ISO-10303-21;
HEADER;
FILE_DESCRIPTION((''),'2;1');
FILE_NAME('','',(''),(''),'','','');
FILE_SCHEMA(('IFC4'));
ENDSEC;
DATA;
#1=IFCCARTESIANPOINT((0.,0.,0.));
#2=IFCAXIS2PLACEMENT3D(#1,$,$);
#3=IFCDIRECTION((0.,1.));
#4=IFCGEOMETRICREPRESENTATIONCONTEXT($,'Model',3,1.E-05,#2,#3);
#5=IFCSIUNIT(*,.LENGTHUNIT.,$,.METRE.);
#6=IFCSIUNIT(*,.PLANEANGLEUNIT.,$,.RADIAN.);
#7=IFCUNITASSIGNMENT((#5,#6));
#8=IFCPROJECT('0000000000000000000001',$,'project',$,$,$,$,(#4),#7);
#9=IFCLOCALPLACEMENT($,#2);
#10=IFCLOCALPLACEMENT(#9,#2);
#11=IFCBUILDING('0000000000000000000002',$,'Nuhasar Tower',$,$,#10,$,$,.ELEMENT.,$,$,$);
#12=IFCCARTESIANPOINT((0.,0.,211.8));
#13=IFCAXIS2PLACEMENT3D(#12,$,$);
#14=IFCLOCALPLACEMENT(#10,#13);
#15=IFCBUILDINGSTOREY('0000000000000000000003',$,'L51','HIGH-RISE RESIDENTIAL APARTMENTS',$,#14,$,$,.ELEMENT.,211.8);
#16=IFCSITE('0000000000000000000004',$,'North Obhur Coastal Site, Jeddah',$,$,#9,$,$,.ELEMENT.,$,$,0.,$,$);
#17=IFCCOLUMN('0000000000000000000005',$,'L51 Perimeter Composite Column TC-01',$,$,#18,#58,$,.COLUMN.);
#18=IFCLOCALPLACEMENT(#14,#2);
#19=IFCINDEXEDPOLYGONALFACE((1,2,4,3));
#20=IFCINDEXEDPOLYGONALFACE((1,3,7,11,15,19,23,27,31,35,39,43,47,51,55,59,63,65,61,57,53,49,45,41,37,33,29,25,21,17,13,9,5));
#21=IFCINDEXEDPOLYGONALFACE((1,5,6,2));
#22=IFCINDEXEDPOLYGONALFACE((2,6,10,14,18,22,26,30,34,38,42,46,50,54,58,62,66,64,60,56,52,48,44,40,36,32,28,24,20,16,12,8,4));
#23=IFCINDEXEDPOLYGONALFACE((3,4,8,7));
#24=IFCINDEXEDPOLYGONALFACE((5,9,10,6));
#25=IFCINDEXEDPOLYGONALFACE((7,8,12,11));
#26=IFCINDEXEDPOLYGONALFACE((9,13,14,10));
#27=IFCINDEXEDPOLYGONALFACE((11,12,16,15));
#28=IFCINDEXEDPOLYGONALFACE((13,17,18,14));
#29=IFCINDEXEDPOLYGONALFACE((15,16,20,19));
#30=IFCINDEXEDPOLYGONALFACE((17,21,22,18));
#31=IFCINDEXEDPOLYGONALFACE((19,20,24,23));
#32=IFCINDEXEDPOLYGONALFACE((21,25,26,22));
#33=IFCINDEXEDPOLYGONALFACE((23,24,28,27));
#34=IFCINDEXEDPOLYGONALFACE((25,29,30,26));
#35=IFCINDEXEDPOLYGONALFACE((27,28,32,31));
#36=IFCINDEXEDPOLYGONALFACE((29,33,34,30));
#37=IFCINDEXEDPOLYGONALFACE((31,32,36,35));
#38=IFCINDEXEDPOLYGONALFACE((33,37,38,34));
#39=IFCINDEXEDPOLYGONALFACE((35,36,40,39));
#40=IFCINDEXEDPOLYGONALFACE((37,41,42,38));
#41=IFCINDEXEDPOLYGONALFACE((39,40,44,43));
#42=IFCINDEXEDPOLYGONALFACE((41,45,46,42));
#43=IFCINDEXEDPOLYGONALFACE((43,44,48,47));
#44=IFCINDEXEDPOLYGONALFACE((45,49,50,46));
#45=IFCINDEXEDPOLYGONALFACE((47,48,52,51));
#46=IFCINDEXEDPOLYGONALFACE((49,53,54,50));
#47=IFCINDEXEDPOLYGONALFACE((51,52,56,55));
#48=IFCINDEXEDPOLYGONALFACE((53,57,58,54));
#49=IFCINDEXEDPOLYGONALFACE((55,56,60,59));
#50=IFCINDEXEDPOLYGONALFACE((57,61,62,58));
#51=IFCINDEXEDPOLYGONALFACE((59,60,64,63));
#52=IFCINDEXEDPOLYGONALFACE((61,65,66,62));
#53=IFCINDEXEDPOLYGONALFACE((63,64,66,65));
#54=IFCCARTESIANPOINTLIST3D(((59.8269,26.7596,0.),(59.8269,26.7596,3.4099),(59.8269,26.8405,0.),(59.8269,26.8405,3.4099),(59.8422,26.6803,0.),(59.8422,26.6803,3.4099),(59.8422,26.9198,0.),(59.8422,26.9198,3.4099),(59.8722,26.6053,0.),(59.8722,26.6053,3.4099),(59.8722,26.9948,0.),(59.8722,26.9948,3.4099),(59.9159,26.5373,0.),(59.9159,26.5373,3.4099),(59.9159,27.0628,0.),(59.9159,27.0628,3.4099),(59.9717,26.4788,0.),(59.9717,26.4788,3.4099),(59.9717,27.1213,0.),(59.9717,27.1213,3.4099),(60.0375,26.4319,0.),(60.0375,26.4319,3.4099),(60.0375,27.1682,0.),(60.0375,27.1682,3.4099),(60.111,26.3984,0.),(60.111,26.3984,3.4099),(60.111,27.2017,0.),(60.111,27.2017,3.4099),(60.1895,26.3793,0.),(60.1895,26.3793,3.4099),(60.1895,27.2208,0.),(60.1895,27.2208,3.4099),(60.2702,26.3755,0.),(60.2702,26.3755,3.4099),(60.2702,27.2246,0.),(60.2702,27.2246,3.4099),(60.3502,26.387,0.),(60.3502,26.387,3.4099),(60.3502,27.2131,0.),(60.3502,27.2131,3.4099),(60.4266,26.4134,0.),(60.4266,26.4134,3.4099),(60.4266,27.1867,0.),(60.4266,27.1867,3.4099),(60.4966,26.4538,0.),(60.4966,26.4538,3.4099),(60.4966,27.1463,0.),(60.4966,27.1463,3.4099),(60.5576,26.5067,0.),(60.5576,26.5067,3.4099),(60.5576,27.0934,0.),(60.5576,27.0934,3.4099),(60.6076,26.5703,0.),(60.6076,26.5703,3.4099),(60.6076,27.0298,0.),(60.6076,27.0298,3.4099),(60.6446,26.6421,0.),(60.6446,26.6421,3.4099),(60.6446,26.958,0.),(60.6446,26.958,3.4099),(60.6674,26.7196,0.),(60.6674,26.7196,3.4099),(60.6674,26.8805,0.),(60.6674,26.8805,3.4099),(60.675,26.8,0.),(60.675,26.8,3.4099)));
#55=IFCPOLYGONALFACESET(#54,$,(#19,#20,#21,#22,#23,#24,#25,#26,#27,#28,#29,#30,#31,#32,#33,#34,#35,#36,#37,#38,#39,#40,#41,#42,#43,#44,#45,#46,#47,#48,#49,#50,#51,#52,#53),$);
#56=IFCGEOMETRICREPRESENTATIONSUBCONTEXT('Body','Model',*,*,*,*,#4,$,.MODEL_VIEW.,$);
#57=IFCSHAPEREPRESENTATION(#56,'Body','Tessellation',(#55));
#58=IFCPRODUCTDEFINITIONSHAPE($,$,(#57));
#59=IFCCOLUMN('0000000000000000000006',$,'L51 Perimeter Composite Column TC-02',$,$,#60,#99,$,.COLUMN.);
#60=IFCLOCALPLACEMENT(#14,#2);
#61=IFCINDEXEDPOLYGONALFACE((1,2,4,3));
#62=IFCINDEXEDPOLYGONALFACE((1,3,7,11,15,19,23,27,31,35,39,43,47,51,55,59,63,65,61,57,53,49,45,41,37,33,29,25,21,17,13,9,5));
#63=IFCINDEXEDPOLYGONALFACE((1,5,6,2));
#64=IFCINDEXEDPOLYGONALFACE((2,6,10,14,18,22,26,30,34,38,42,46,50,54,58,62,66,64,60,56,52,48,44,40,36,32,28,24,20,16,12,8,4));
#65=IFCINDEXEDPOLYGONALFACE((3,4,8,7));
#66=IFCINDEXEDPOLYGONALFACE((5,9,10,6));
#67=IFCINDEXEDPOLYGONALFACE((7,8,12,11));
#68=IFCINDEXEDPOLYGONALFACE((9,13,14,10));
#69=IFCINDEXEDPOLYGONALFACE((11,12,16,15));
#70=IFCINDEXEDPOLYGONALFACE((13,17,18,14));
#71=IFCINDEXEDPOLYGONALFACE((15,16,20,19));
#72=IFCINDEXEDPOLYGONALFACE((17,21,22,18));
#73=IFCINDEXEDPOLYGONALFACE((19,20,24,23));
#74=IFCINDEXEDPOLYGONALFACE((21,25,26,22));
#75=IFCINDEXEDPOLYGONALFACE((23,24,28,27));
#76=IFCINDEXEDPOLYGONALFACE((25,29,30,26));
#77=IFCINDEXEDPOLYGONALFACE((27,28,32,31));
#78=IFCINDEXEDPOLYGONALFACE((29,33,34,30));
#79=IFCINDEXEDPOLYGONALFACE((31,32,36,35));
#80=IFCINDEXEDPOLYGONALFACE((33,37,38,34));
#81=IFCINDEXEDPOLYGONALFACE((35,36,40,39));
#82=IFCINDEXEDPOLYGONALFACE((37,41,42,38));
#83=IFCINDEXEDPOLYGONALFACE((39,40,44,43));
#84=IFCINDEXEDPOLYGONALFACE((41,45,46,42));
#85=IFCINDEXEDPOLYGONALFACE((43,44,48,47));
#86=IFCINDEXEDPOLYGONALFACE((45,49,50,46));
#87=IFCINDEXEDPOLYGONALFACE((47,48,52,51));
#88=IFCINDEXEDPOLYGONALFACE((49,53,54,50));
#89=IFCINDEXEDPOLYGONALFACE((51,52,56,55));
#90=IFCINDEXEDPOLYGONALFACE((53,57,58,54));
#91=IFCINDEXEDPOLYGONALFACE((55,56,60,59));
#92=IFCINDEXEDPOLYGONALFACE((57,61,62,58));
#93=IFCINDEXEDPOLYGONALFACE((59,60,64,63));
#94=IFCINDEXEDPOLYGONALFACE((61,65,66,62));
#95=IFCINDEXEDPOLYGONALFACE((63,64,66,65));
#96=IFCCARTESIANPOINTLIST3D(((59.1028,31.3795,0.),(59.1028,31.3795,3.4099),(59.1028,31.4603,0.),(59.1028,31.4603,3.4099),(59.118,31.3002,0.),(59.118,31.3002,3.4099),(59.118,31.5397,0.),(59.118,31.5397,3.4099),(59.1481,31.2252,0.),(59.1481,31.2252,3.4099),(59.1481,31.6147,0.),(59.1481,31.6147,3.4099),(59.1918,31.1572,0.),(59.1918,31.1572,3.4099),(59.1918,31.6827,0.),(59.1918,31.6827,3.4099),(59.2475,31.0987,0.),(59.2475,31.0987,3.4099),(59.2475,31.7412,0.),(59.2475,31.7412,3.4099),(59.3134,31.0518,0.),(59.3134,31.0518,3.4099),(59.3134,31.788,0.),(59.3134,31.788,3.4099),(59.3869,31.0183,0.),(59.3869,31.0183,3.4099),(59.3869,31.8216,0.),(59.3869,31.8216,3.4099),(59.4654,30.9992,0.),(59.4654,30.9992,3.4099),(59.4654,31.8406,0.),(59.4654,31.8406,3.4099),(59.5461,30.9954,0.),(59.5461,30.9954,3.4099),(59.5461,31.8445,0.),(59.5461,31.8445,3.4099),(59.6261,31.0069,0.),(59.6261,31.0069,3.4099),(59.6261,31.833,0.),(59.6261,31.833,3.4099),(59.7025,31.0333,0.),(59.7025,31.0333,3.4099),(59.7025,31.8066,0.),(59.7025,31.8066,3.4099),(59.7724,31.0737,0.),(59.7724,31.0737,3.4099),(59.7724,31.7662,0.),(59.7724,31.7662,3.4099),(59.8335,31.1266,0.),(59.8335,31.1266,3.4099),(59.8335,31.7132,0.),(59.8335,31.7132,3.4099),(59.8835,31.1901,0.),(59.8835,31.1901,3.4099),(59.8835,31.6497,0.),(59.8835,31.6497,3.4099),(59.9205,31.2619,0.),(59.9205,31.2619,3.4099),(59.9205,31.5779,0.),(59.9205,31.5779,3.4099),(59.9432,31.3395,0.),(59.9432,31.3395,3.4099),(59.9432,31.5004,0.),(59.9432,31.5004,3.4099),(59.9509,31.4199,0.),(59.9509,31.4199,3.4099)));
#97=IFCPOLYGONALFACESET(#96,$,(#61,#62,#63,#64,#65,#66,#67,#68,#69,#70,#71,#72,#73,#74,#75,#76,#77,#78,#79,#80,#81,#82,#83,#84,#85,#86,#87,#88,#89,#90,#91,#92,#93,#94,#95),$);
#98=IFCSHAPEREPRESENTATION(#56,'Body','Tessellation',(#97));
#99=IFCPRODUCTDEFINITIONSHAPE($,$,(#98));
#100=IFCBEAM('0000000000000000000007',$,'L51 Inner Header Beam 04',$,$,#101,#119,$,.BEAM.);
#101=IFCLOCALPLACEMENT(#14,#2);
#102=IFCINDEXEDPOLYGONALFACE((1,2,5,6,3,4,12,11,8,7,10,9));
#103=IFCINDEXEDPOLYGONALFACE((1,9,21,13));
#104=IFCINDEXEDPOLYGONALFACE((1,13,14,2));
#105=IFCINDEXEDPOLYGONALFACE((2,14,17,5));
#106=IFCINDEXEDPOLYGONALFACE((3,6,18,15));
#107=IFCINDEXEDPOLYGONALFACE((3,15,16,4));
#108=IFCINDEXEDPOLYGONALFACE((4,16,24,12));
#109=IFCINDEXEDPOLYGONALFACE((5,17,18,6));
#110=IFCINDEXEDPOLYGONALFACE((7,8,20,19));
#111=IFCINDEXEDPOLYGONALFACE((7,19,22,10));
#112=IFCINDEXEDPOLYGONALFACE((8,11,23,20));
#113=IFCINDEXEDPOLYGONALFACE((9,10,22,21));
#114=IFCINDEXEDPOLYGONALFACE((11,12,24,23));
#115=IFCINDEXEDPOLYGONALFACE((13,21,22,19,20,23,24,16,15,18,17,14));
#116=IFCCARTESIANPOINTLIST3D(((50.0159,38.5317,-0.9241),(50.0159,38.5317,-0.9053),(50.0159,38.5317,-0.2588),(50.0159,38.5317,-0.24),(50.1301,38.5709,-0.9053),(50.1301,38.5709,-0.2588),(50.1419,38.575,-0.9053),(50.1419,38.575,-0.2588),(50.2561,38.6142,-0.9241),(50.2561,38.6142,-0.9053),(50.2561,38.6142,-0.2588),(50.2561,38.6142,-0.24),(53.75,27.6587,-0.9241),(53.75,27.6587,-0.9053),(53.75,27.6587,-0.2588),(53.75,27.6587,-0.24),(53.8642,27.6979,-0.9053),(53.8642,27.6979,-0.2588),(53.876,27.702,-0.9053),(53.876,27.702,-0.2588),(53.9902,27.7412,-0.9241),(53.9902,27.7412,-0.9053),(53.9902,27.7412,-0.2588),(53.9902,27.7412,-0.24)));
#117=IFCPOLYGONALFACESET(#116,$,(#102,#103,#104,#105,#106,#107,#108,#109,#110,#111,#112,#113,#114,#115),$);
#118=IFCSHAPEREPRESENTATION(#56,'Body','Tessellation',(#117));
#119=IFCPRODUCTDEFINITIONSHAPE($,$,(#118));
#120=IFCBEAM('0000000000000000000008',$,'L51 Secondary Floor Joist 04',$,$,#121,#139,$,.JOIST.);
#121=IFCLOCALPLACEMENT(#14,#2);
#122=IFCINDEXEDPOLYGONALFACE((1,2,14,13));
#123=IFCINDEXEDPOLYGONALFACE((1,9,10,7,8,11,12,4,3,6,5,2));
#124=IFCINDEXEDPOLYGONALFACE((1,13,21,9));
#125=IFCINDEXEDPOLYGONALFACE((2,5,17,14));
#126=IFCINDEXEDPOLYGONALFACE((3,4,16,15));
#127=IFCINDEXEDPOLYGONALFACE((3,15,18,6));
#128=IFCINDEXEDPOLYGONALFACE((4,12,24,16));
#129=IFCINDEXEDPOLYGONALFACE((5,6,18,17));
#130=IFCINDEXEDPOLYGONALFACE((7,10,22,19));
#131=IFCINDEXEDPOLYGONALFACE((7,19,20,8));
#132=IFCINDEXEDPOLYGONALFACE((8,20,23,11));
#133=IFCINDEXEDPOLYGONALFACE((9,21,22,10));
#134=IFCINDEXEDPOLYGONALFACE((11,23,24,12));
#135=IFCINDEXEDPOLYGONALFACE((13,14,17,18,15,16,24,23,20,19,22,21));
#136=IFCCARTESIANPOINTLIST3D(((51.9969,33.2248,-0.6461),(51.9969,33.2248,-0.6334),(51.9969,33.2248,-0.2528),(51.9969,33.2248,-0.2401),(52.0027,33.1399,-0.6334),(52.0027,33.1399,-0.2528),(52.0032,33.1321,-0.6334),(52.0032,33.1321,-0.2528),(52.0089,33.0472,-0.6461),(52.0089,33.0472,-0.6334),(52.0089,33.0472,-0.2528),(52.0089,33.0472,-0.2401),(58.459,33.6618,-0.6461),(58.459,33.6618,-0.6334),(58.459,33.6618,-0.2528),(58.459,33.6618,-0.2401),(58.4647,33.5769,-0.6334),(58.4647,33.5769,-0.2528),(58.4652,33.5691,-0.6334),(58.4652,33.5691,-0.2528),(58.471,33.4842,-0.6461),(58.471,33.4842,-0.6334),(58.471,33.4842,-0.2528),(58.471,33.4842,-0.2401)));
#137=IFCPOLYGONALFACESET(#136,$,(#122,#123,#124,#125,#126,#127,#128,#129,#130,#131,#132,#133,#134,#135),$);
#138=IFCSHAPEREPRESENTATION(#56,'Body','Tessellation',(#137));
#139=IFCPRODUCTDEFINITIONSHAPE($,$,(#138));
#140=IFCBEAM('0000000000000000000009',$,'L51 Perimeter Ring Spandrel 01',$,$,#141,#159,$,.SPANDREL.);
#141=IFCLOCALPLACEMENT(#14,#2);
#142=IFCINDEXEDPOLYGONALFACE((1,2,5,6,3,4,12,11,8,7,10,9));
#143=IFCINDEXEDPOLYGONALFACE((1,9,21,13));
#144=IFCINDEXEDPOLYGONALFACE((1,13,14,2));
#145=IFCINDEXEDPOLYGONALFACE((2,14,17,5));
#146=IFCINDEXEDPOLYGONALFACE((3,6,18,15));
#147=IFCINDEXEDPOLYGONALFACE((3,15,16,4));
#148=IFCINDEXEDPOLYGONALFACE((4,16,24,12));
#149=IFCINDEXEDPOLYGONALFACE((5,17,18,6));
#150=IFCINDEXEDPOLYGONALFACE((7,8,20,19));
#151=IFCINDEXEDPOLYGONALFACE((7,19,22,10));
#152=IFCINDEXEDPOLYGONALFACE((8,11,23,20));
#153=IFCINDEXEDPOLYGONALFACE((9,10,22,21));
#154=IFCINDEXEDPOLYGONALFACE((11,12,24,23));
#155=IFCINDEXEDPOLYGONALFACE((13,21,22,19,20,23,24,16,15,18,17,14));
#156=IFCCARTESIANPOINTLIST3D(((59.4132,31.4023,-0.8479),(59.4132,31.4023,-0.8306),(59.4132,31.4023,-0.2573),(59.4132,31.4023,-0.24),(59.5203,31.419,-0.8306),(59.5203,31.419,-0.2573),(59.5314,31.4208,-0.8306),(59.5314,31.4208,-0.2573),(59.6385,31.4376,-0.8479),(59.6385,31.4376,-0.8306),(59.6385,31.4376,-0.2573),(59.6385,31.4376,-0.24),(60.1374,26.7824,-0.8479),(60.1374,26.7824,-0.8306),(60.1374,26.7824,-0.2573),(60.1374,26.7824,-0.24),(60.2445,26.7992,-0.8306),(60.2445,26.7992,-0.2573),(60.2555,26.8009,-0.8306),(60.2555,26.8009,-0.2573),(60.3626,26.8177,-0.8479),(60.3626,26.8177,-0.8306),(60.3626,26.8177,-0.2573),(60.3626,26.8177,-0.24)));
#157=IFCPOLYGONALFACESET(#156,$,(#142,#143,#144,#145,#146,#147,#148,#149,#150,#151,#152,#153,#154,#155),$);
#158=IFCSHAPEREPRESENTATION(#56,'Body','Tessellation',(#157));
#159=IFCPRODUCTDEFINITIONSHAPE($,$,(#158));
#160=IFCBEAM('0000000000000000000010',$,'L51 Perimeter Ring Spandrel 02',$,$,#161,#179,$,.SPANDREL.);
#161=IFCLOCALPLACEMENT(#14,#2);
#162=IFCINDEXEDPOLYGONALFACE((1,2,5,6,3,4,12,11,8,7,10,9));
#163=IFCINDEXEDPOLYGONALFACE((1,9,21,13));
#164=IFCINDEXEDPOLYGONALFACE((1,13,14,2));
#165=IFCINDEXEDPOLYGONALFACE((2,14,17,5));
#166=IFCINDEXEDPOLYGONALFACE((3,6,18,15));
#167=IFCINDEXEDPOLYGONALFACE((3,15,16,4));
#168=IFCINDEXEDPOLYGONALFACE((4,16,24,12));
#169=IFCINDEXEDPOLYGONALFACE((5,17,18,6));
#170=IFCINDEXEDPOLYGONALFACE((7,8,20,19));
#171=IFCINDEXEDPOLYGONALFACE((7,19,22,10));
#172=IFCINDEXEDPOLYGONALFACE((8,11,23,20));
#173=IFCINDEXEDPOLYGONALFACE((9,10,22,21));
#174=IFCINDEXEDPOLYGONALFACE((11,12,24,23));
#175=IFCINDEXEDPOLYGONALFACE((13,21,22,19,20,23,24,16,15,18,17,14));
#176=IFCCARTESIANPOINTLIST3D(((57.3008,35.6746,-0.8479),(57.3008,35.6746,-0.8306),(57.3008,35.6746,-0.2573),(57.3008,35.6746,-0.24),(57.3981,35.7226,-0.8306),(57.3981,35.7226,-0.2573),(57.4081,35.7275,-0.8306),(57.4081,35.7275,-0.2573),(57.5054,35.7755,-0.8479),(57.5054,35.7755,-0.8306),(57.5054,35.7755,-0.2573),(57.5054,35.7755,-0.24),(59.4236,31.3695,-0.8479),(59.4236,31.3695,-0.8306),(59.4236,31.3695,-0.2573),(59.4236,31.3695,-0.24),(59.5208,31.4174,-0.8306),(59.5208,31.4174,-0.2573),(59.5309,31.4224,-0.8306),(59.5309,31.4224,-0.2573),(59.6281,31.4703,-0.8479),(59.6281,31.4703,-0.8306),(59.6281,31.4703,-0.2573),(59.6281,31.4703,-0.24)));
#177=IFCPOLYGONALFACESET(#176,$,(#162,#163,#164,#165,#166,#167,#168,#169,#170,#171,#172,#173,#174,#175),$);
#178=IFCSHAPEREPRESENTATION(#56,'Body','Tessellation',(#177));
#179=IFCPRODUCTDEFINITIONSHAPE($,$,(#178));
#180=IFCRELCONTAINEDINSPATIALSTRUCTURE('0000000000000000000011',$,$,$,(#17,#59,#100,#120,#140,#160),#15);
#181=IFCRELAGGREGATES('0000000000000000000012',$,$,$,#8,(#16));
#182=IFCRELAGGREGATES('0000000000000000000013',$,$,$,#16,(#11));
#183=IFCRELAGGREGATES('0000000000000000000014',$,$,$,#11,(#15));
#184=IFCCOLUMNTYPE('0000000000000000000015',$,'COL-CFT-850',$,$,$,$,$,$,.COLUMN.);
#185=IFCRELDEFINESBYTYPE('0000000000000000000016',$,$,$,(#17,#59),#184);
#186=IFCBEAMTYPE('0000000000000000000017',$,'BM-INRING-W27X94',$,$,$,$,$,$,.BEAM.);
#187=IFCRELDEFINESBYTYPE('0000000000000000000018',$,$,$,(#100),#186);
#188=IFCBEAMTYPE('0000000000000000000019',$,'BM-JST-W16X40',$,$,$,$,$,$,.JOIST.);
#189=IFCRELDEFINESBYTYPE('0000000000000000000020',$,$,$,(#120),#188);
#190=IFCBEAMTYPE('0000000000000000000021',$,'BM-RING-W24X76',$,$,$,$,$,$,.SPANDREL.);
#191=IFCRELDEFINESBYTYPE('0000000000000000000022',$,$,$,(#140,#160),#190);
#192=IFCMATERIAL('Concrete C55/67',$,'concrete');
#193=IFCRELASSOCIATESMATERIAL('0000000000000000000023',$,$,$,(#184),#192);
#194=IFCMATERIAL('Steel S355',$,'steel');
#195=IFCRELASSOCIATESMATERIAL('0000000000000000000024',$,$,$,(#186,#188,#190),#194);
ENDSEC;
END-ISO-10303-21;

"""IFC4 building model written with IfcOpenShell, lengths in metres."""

from ifc_helpers import new_model, si_unit, direction, frame, origin, origin_2d, place, context, subcontext, project, spatial, circle, i_section, extrude, material, material_profile, profile_set, type_object, element, save


model = new_model("IFC4")

# Units and contexts
model_context = context("Model", 3, precision=1e-05, world=origin(), true_north=direction((0.0, 1.0)))
body_context = subcontext(model_context, "Body", "Model", "MODEL_VIEW")
ifc_project = project(units=[si_unit("LENGTHUNIT", "METRE"), si_unit("PLANEANGLEUNIT", "RADIAN")], contexts=[model_context])

# Site, building, storey
site_placement = place(None, origin())
site = spatial("IfcSite", under=ifc_project, at=site_placement, Name="North Obhur Coastal Site, Jeddah", CompositionType="ELEMENT", RefElevation=0.0)
building_placement = place(site_placement, origin())
building = spatial("IfcBuilding", under=site, at=building_placement, Name="Nuhasar Tower", CompositionType="ELEMENT")
storey_placement = place(building_placement, frame((0.0, 0.0, 211.8)))
storey = spatial("IfcBuildingStorey", under=building, at=storey_placement, Name="L51", Description="HIGH-RISE RESIDENTIAL APARTMENTS", CompositionType="ELEMENT", Elevation=211.8)

# Columns
ifc_material_1 = material(Name="Concrete C55/67", Category="concrete")
ifc_material_profile_1 = material_profile(ifc_material_1, circle(Radius=0.425, at=origin_2d()), Name="CFT850")
ifc_profile_set_1 = profile_set([ifc_material_profile_1], Name="Concrete C55/67")
column_type = type_object("IfcColumnType", Name="COL-CFT-850", PredefinedType="COLUMN", material=ifc_profile_set_1)
for number, where, z_axis, x_axis, name in (
    (1, (60.25, 26.8, 0.0), (0.0, 0.0, 1.0), (1.0, 0.0, 0.0), "L51 Perimeter Composite Column TC-01"),
    (2, (59.5259, 31.4199, 0.0), (0.0, 0.0, 1.0), (1.0, 0.0, 0.0), "L51 Perimeter Composite Column TC-02"),
):
    element("IfcColumn", number, at=place(storey_placement, frame(where, z_axis=z_axis, x_axis=x_axis)), inside=storey, type_object=column_type, Name=name, PredefinedType="COLUMN", context=body_context, shape_type="SweptSolid", body=[
        extrude(circle(Radius=0.425, at=origin_2d()), origin(), (0.0, 0.0, 1.0), 3.4099),
    ])

# Beams
ifc_material_2 = material(Name="Steel S355", Category="steel")
ifc_material_profile_2 = material_profile(ifc_material_2, i_section(OverallWidth=0.2539, OverallDepth=0.6841, WebThickness=0.0125, FlangeThickness=0.0188, at=origin_2d()), Name="W27X94")
ifc_profile_set_2 = profile_set([ifc_material_profile_2], Name="Steel S355")
beam_type_1 = type_object("IfcBeamType", Name="BM-INRING-W27X94", PredefinedType="BEAM", material=ifc_profile_set_2)
beam_1_placement = place(storey_placement, frame((53.8701, 27.7, -0.582), z_axis=(-0.324809, 0.94578, 0.0), x_axis=(-0.94578, -0.324809, 0.0)))
element("IfcBeam", 3, at=beam_1_placement, inside=storey, type_object=beam_type_1, Name="L51 Inner Header Beam 04", PredefinedType="BEAM", context=body_context, shape_type="SweptSolid", body=[
    extrude(i_section(OverallWidth=0.2539, OverallDepth=0.6841, WebThickness=0.0125, FlangeThickness=0.0188, at=origin_2d()), origin(), (0.0, 0.0, 1.0), 11.4963),
])
ifc_material_profile_3 = material_profile(ifc_material_2, i_section(OverallWidth=0.178, OverallDepth=0.406, WebThickness=0.0078, FlangeThickness=0.0127, at=origin_2d()), Name="W16X40")
ifc_profile_set_3 = profile_set([ifc_material_profile_3], Name="Steel S355")
beam_type_2 = type_object("IfcBeamType", Name="BM-JST-W16X40", PredefinedType="JOIST", material=ifc_profile_set_3)
beam_2_placement = place(storey_placement, frame((52.0029, 33.136, -0.4431), z_axis=(0.997721, 0.067472, 0.0), x_axis=(-0.067472, 0.997721, 0.0)))
element("IfcBeam", 4, at=beam_2_placement, inside=storey, type_object=beam_type_2, Name="L51 Secondary Floor Joist 04", PredefinedType="JOIST", context=body_context, shape_type="SweptSolid", body=[
    extrude(i_section(OverallWidth=0.178, OverallDepth=0.406, WebThickness=0.0078, FlangeThickness=0.0127, at=origin_2d()), origin(), (0.0, 0.0, 1.0), 6.4768),
])
ifc_material_profile_4 = material_profile(ifc_material_2, i_section(OverallWidth=0.228, OverallDepth=0.6079, WebThickness=0.0112, FlangeThickness=0.0173, at=origin_2d()), Name="W24X76")
ifc_profile_set_4 = profile_set([ifc_material_profile_4], Name="Steel S355")
beam_type_3 = type_object("IfcBeamType", Name="BM-RING-W24X76", PredefinedType="SPANDREL", material=ifc_profile_set_4)
beam_3_placement = place(storey_placement, frame((60.25, 26.8, -0.5439), z_axis=(-0.15485, 0.987938, 0.0), x_axis=(-0.987938, -0.15485, 0.0)))
element("IfcBeam", 5, at=beam_3_placement, inside=storey, type_object=beam_type_3, Name="L51 Perimeter Ring Spandrel 01", PredefinedType="SPANDREL", context=body_context, shape_type="SweptSolid", body=[
    extrude(i_section(OverallWidth=0.228, OverallDepth=0.6079, WebThickness=0.0112, FlangeThickness=0.0173, at=origin_2d()), origin(), (0.0, 0.0, 1.0), 4.6763),
])
beam_4_placement = place(storey_placement, frame((59.5259, 31.4199, -0.5439), z_axis=(-0.442243, 0.896895, 0.0), x_axis=(-0.896895, -0.442243, 0.0)))
element("IfcBeam", 6, at=beam_4_placement, inside=storey, type_object=beam_type_3, Name="L51 Perimeter Ring Spandrel 02", PredefinedType="SPANDREL", context=body_context, shape_type="SweptSolid", body=[
    extrude(i_section(OverallWidth=0.228, OverallDepth=0.6079, WebThickness=0.0112, FlangeThickness=0.0173, at=origin_2d()), origin(), (0.0, 0.0, 1.0), 4.8),
])

save(model, "model.ifc")
